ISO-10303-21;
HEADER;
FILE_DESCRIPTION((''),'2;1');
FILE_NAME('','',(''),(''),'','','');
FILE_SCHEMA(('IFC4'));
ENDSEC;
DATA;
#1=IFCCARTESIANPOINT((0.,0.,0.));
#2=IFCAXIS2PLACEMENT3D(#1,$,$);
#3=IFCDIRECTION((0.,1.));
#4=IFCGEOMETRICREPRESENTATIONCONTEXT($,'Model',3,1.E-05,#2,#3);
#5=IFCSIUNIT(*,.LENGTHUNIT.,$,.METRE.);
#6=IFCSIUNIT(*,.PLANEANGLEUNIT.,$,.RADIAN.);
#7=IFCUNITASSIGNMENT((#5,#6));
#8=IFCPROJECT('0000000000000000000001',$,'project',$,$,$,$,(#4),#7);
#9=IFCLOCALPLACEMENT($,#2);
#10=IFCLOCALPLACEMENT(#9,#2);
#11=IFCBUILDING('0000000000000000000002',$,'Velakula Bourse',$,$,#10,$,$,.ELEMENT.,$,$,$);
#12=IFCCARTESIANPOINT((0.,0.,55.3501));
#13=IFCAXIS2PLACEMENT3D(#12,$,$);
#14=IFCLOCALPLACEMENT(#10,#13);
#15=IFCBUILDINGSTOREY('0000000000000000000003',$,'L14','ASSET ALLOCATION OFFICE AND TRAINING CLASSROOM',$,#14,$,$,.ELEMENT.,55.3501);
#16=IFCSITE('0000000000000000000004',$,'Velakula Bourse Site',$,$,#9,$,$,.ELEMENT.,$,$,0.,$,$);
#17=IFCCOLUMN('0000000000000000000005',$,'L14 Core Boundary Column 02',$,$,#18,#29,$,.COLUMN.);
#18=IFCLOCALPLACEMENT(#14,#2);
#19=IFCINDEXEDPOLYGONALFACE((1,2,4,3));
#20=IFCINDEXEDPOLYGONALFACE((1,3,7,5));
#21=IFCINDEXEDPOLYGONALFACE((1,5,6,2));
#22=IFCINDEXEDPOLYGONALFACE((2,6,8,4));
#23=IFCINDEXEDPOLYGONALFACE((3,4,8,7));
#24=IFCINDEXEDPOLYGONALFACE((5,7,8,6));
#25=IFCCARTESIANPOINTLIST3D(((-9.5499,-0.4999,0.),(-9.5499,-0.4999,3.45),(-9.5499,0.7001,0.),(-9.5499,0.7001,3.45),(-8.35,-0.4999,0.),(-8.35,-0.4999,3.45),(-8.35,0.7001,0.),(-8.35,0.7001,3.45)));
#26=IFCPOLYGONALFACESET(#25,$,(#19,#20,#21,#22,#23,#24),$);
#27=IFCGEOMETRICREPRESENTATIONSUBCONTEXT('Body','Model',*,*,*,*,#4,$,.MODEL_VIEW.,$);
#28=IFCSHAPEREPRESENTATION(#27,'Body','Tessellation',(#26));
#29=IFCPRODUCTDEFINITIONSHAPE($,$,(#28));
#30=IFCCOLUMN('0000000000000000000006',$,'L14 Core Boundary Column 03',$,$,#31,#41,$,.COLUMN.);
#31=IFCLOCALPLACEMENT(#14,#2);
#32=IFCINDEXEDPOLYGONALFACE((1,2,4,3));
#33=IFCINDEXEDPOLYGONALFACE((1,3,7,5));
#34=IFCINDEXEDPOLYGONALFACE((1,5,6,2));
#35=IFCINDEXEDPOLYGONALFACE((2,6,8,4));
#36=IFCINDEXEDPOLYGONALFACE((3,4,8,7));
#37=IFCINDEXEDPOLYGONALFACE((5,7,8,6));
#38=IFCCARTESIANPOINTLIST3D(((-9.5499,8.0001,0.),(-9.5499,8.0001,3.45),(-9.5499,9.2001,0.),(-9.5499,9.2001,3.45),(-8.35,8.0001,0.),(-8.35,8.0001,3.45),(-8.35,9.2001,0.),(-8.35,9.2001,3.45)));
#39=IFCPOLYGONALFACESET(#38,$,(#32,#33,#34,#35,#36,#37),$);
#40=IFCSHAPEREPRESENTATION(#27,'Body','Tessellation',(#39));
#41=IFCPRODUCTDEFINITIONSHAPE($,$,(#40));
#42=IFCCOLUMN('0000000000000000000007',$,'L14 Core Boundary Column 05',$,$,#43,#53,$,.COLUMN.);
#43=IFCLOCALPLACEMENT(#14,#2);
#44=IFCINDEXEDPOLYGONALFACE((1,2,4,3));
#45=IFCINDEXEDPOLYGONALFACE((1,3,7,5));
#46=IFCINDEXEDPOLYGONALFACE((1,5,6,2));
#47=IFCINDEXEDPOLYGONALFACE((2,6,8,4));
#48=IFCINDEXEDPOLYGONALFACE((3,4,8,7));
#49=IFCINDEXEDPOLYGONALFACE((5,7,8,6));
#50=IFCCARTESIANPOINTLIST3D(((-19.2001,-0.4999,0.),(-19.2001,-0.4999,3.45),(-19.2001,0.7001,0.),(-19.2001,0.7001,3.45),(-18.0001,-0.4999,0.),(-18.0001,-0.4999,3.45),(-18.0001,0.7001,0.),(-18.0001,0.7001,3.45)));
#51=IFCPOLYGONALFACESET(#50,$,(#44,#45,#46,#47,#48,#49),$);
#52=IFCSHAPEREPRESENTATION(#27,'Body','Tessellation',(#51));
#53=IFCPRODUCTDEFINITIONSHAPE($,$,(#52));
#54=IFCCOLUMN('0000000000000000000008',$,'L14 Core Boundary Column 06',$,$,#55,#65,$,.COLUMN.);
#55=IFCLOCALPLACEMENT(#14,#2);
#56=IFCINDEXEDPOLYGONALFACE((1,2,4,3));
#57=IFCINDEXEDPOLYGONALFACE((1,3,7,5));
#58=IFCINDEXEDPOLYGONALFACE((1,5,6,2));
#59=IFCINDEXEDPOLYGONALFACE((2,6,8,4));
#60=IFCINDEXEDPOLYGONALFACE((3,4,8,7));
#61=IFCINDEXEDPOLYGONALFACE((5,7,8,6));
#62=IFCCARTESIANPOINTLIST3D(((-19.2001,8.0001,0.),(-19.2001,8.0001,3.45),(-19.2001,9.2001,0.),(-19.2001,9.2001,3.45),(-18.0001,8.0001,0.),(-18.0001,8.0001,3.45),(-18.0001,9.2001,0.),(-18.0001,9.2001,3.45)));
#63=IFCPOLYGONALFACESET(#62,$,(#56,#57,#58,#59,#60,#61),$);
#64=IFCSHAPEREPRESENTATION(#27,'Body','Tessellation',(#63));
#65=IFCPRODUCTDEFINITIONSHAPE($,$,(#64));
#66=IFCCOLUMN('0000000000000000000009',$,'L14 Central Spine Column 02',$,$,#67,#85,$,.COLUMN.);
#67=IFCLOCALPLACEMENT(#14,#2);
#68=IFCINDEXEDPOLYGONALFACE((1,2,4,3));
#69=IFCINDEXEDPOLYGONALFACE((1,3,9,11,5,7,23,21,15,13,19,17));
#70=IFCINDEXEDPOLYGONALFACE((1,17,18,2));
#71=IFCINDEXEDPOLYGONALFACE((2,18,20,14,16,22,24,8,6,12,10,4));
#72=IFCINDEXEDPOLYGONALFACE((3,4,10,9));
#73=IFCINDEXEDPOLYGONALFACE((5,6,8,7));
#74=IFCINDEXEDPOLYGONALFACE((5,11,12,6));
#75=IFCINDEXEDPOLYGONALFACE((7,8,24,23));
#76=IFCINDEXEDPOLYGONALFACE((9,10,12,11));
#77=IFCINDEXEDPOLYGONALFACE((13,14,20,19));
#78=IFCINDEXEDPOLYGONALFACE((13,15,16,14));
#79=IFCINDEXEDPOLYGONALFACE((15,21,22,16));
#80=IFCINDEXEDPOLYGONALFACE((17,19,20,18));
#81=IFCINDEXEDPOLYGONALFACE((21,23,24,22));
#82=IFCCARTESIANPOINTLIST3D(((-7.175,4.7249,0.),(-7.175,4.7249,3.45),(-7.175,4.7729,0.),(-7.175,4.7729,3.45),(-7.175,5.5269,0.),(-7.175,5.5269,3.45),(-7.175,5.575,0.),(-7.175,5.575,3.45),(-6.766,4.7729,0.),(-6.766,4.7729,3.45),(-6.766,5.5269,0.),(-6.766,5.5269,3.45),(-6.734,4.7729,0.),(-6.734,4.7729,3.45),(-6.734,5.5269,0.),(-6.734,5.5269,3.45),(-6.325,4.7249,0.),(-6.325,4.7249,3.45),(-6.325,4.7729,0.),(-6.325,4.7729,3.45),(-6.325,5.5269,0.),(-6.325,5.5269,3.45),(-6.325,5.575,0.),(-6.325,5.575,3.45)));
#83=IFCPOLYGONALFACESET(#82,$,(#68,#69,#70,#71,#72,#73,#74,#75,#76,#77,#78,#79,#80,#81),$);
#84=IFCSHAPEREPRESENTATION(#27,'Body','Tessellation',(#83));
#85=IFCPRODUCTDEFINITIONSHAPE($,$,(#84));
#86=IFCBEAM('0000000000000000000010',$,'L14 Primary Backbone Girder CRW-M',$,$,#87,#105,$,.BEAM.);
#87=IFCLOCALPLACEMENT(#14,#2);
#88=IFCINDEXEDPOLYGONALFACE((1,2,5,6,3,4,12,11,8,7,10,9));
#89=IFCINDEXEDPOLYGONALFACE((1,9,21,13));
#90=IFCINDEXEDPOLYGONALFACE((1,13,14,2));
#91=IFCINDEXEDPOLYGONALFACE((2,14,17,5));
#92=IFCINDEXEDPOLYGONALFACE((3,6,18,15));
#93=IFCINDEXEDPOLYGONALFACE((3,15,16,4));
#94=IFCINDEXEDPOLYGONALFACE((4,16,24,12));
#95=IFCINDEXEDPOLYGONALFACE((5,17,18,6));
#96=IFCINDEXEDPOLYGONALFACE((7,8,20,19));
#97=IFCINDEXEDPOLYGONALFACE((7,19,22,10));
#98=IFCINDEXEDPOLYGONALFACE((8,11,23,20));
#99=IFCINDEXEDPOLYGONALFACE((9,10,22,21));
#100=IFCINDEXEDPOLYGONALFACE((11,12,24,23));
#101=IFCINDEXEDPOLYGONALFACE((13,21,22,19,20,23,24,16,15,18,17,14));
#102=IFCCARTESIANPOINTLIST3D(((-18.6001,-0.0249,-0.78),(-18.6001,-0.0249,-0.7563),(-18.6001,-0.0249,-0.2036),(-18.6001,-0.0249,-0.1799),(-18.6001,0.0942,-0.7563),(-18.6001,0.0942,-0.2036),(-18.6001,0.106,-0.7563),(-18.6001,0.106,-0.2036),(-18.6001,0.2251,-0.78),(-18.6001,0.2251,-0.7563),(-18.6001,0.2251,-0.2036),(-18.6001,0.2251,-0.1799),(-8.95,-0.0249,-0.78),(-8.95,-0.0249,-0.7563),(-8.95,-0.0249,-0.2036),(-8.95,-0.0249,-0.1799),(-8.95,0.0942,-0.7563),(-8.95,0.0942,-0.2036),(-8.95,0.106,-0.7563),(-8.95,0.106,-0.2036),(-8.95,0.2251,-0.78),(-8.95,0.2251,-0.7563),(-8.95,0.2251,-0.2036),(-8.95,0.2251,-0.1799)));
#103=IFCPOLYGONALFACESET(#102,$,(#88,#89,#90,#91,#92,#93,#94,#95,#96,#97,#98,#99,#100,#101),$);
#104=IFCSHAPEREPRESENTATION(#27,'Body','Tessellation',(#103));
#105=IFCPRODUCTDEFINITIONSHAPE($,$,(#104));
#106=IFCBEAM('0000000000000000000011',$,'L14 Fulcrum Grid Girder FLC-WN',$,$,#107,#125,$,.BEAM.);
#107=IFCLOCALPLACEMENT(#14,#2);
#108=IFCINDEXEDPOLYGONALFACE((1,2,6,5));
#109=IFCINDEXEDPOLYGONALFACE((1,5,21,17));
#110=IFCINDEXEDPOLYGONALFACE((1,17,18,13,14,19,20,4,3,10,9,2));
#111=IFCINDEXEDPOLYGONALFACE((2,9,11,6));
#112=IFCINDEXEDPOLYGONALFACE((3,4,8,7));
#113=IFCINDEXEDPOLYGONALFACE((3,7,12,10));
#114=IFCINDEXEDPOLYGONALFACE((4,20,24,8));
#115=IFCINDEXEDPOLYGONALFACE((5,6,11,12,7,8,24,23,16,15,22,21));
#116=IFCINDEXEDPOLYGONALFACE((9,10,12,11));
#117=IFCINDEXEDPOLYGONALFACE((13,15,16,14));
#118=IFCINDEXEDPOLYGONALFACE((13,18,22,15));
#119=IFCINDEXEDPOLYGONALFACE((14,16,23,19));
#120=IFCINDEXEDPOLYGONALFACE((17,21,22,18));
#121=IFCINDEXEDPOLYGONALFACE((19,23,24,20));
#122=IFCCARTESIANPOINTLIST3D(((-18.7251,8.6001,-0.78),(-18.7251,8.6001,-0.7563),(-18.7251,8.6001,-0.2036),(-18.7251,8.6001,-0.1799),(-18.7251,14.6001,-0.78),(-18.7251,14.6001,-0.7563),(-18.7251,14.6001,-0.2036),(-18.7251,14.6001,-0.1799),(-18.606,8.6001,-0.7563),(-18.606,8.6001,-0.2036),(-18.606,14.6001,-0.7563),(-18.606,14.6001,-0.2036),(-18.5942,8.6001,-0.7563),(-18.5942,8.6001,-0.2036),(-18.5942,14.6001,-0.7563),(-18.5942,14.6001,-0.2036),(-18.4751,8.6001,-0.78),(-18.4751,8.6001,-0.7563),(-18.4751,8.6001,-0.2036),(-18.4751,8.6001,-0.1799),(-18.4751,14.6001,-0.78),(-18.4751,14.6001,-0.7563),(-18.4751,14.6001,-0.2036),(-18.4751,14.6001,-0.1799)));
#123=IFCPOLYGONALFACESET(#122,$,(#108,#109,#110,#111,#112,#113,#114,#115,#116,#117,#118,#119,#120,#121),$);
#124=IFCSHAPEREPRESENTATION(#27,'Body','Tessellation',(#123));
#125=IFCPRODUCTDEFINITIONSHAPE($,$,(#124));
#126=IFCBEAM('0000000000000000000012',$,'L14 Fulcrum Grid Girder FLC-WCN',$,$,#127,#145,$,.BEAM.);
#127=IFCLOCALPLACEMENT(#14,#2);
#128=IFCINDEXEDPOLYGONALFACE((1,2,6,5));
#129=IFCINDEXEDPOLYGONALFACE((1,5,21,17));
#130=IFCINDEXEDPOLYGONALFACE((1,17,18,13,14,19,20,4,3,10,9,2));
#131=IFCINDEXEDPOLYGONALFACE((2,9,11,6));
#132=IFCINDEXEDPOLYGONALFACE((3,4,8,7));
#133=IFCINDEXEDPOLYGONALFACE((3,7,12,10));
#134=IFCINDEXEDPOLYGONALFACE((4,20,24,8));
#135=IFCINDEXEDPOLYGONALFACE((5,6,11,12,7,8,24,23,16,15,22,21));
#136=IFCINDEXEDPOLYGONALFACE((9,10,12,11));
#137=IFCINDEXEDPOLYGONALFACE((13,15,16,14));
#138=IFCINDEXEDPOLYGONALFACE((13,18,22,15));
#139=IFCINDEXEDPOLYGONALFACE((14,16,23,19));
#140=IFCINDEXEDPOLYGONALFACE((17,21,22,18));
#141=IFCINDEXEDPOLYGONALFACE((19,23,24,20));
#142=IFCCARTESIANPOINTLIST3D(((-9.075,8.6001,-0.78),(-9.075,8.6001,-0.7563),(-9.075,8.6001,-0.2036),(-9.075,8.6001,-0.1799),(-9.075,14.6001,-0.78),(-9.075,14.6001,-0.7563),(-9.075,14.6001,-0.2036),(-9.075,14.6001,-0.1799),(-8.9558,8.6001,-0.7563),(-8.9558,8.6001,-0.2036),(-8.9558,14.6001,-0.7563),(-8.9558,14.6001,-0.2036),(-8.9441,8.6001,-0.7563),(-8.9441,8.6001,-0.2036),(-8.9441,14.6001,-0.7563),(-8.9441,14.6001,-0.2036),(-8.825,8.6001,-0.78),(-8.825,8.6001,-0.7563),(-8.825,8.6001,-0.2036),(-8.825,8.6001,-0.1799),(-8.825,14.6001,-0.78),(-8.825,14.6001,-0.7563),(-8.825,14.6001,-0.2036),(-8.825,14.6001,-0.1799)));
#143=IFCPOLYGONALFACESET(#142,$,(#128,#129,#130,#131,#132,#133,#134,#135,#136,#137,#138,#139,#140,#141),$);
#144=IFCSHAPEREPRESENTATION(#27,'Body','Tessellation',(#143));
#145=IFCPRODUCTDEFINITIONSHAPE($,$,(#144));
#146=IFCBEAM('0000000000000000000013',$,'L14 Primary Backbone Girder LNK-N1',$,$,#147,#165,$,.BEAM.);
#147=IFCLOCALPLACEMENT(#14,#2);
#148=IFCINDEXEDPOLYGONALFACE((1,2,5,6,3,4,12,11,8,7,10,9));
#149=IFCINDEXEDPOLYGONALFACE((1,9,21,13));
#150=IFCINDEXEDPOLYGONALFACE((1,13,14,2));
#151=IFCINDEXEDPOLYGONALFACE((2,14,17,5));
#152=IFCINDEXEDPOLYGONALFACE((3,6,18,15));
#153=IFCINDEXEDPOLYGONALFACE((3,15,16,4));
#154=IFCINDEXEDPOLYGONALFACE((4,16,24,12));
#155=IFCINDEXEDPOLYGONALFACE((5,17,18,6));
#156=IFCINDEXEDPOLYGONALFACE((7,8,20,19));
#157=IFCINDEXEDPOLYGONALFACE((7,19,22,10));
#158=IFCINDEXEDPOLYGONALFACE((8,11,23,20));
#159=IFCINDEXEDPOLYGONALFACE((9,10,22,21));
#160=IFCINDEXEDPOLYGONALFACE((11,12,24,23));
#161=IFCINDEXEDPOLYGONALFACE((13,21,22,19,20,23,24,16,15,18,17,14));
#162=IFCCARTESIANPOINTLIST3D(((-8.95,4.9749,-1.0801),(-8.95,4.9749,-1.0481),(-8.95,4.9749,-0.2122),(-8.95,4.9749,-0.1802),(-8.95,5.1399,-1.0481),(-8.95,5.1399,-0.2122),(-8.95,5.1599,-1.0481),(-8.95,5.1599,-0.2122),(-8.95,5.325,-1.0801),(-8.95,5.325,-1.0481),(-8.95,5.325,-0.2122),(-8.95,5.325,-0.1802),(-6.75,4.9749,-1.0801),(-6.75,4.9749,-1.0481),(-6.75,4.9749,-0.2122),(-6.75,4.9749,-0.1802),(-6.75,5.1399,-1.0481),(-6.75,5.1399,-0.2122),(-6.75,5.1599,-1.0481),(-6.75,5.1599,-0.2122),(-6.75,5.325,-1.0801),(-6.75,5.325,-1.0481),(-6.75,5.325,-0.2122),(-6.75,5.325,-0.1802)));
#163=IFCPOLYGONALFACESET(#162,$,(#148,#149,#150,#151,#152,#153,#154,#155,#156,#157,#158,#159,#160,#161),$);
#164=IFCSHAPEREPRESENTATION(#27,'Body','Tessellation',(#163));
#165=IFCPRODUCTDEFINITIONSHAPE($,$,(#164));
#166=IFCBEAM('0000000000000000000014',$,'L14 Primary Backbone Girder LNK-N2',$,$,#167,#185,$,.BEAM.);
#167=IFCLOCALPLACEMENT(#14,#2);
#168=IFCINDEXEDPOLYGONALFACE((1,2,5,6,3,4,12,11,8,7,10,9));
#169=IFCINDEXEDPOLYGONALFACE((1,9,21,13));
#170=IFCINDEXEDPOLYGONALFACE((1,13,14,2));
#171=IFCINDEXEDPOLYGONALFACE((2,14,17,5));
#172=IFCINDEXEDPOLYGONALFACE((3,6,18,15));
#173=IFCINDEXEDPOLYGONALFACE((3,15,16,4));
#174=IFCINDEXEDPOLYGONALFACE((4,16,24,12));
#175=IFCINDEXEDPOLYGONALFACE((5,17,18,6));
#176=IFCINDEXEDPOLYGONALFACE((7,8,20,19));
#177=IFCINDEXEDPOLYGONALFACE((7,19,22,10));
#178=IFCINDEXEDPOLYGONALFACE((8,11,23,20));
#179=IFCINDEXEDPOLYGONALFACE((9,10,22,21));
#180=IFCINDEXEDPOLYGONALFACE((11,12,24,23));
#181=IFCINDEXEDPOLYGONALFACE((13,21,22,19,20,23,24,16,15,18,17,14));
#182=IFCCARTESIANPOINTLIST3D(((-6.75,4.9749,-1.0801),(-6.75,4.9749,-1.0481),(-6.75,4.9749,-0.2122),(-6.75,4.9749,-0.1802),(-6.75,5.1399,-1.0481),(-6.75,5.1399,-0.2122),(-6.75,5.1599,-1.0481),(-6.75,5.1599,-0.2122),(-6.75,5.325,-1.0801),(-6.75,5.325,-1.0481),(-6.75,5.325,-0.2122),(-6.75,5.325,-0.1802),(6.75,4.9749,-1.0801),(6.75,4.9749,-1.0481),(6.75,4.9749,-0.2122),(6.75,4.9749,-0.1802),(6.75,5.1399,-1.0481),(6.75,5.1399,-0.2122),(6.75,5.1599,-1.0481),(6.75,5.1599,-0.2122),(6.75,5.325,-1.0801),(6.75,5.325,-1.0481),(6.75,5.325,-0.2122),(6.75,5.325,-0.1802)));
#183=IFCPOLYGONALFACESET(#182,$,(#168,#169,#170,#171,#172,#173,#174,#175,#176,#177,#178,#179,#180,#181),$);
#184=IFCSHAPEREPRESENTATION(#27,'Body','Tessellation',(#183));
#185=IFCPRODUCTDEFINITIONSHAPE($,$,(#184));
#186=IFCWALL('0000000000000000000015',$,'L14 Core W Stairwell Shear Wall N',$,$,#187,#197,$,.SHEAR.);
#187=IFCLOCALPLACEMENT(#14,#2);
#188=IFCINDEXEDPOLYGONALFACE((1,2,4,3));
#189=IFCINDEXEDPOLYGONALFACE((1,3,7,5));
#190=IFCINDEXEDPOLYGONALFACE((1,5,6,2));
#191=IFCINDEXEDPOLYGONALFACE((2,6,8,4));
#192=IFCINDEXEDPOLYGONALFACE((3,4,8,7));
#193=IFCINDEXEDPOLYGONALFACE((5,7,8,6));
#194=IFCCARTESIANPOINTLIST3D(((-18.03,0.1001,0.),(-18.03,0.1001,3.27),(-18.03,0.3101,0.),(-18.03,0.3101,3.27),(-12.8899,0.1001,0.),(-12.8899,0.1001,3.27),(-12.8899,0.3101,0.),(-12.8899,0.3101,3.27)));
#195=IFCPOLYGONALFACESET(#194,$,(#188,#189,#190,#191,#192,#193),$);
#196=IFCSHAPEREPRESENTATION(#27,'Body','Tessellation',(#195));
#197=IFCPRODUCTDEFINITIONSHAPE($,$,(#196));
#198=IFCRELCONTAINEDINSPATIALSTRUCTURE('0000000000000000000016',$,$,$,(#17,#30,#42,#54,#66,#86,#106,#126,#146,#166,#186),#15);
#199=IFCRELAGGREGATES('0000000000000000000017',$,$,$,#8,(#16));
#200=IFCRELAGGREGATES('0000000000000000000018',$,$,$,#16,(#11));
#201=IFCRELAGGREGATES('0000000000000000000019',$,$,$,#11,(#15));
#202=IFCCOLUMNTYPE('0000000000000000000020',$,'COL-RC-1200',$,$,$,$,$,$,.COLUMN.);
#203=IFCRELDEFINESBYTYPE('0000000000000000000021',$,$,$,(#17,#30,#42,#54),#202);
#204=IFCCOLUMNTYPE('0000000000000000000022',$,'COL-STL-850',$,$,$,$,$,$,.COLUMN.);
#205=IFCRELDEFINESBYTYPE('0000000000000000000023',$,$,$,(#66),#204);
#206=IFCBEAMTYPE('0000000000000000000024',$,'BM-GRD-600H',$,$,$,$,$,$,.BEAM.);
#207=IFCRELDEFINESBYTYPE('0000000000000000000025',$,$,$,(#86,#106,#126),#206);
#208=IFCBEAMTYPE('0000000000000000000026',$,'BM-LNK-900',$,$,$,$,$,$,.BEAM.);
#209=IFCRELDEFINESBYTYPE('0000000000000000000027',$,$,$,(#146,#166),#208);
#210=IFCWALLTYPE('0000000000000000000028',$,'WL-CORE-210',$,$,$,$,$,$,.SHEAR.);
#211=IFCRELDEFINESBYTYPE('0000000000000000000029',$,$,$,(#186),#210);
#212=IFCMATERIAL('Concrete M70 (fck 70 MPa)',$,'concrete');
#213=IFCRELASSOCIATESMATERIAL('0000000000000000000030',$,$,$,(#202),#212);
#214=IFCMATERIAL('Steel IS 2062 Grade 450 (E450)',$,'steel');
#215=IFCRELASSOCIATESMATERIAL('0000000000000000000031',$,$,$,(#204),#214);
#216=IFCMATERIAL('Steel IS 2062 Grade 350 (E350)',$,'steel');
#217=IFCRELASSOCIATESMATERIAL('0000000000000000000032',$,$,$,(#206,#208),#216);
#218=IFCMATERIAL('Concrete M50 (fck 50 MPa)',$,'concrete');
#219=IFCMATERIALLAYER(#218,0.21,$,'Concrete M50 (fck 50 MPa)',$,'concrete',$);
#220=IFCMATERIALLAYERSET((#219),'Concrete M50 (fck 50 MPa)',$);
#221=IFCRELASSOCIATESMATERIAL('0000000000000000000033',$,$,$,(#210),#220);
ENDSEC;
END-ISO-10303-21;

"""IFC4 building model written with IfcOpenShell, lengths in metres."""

from ifc_helpers import new_model, si_unit, direction, frame, frame_2d, origin, origin_2d, place, context, subcontext, project, spatial, rectangle, i_section, extrude, material, layer, layer_set, material_profile, profile_set, type_object, element, save


model = new_model("IFC4")

# Units and contexts
model_context = context("Model", 3, precision=1e-05, world=origin(), true_north=direction((0.0, 1.0)))
body_context = subcontext(model_context, "Body", "Model", "MODEL_VIEW")
ifc_project = project(units=[si_unit("LENGTHUNIT", "METRE"), si_unit("PLANEANGLEUNIT", "RADIAN")], contexts=[model_context])

# Site, building, storey
site_placement = place(None, origin())
site = spatial("IfcSite", under=ifc_project, at=site_placement, Name="Velakula Bourse Site", CompositionType="ELEMENT", RefElevation=0.0)
building_placement = place(site_placement, origin())
building = spatial("IfcBuilding", under=site, at=building_placement, Name="Velakula Bourse", CompositionType="ELEMENT")
storey_placement = place(building_placement, frame((0.0, 0.0, 55.3501)))
storey = spatial("IfcBuildingStorey", under=building, at=storey_placement, Name="L14", Description="ASSET ALLOCATION OFFICE AND TRAINING CLASSROOM", CompositionType="ELEMENT", Elevation=55.3501)

# Columns
ifc_material_1 = material(Name="Concrete M70 (fck 70 MPa)", Category="concrete")
ifc_material_profile_1 = material_profile(ifc_material_1, rectangle(XDim=1.2, YDim=1.2, at=origin_2d()), Name="Concrete M70 (fck 70 MPa)")
ifc_profile_set_1 = profile_set([ifc_material_profile_1], Name="Concrete M70 (fck 70 MPa)")
column_type_1 = type_object("IfcColumnType", Name="COL-RC-1200", PredefinedType="COLUMN", material=ifc_profile_set_1)
for number, where, z_axis, x_axis, name in (
    (1, (-8.95, 0.1001, 0.0), (0.0, 0.0, 1.0), (1.0, 0.0, 0.0), "L14 Core Boundary Column 02"),
    (2, (-8.95, 8.6001, 0.0), (0.0, 0.0, 1.0), (1.0, 0.0, 0.0), "L14 Core Boundary Column 03"),
    (3, (-18.6001, 0.1001, 0.0), (0.0, 0.0, 1.0), (1.0, 0.0, 0.0), "L14 Core Boundary Column 05"),
    (4, (-18.6001, 8.6001, 0.0), (0.0, 0.0, 1.0), (1.0, 0.0, 0.0), "L14 Core Boundary Column 06"),
):
    element("IfcColumn", number, at=place(storey_placement, frame(where, z_axis=z_axis, x_axis=x_axis)), inside=storey, type_object=column_type_1, Name=name, PredefinedType="COLUMN", context=body_context, shape_type="SweptSolid", body=[
        extrude(rectangle(XDim=1.2, YDim=1.2, at=origin_2d()), origin(), (0.0, 0.0, 1.0), 3.45),
    ])
ifc_material_2 = material(Name="Steel IS 2062 Grade 450 (E450)", Category="steel")
ifc_material_profile_2 = material_profile(ifc_material_2, i_section(OverallWidth=0.8501, OverallDepth=0.8501, WebThickness=0.032, FlangeThickness=0.0481, at=origin_2d()), Name="Steel IS 2062 Grade 450 (E450)")
ifc_profile_set_2 = profile_set([ifc_material_profile_2], Name="Steel IS 2062 Grade 450 (E450)")
column_type_2 = type_object("IfcColumnType", Name="COL-STL-850", PredefinedType="COLUMN", material=ifc_profile_set_2)
column_placement = place(storey_placement, frame((-6.75, 5.1499, 0.0), z_axis=(0.0, 0.0, 1.0), x_axis=(1.0, 0.0, 0.0)))
element("IfcColumn", 5, at=column_placement, inside=storey, type_object=column_type_2, Name="L14 Central Spine Column 02", PredefinedType="COLUMN", context=body_context, shape_type="SweptSolid", body=[
    extrude(i_section(OverallWidth=0.8501, OverallDepth=0.8501, WebThickness=0.032, FlangeThickness=0.0481, at=origin_2d()), origin(), (0.0, 0.0, 1.0), 3.45),
])

# Beams
ifc_material_3 = material(Name="Steel IS 2062 Grade 350 (E350)", Category="steel")
ifc_material_profile_3 = material_profile(ifc_material_3, i_section(OverallWidth=0.25, OverallDepth=0.6001, WebThickness=0.0117, FlangeThickness=0.0237, at=origin_2d()), Name="Steel IS 2062 Grade 350 (E350)")
ifc_profile_set_3 = profile_set([ifc_material_profile_3], Name="Steel IS 2062 Grade 350 (E350)")
beam_type_1 = type_object("IfcBeamType", Name="BM-GRD-600H", PredefinedType="BEAM", material=ifc_profile_set_3)
beam_1_placement = place(storey_placement, frame((-18.6001, 0.1001, -0.48), z_axis=(1.0, 0.0, 0.0), x_axis=(0.0, 1.0, 0.0)))
element("IfcBeam", 6, at=beam_1_placement, inside=storey, type_object=beam_type_1, Name="L14 Primary Backbone Girder CRW-M", PredefinedType="BEAM", context=body_context, shape_type="SweptSolid", body=[
    extrude(i_section(OverallWidth=0.25, OverallDepth=0.6001, WebThickness=0.0117, FlangeThickness=0.0237, at=origin_2d()), origin(), (0.0, 0.0, 1.0), 9.6501),
])
for number, where, z_axis, x_axis, name in (
    (7, (-18.6001, 8.6001, -0.48), (0.0, 1.0, 0.0), (-1.0, 0.0, 0.0), "L14 Fulcrum Grid Girder FLC-WN"),
    (8, (-8.95, 8.6001, -0.48), (0.0, 1.0, 0.0), (-1.0, 0.0, 0.0), "L14 Fulcrum Grid Girder FLC-WCN"),
):
    element("IfcBeam", number, at=place(storey_placement, frame(where, z_axis=z_axis, x_axis=x_axis)), inside=storey, type_object=beam_type_1, Name=name, PredefinedType="BEAM", context=body_context, shape_type="SweptSolid", body=[
        extrude(i_section(OverallWidth=0.25, OverallDepth=0.6001, WebThickness=0.0117, FlangeThickness=0.0237, at=origin_2d()), origin(), (0.0, 0.0, 1.0), 6.0),
    ])
ifc_material_profile_4 = material_profile(ifc_material_3, i_section(OverallWidth=0.3501, OverallDepth=0.8999, WebThickness=0.02, FlangeThickness=0.032, at=origin_2d()), Name="Steel IS 2062 Grade 350 (E350)")
ifc_profile_set_4 = profile_set([ifc_material_profile_4], Name="Steel IS 2062 Grade 350 (E350)")
beam_type_2 = type_object("IfcBeamType", Name="BM-LNK-900", PredefinedType="BEAM", material=ifc_profile_set_4)
beam_2_placement = place(storey_placement, frame((-8.95, 5.1499, -0.6301), z_axis=(1.0, 0.0, 0.0), x_axis=(0.0, 1.0, 0.0)))
element("IfcBeam", 9, at=beam_2_placement, inside=storey, type_object=beam_type_2, Name="L14 Primary Backbone Girder LNK-N1", PredefinedType="BEAM", context=body_context, shape_type="SweptSolid", body=[
    extrude(i_section(OverallWidth=0.3501, OverallDepth=0.8999, WebThickness=0.02, FlangeThickness=0.032, at=origin_2d()), origin(), (0.0, 0.0, 1.0), 2.2),
])
beam_3_placement = place(storey_placement, frame((-6.75, 5.1499, -0.6301), z_axis=(1.0, 0.0, 0.0), x_axis=(0.0, 1.0, 0.0)))
element("IfcBeam", 10, at=beam_3_placement, inside=storey, type_object=beam_type_2, Name="L14 Primary Backbone Girder LNK-N2", PredefinedType="BEAM", context=body_context, shape_type="SweptSolid", body=[
    extrude(i_section(OverallWidth=0.3501, OverallDepth=0.8999, WebThickness=0.02, FlangeThickness=0.032, at=origin_2d()), origin(), (0.0, 0.0, 1.0), 13.5),
])

# Wall
ifc_material_4 = material(Name="Concrete M50 (fck 50 MPa)", Category="concrete")
ifc_layer_1 = layer(ifc_material_4, 0.21, Name="Concrete M50 (fck 50 MPa)", Category="concrete")
ifc_layer_set_1 = layer_set([ifc_layer_1], Name="Concrete M50 (fck 50 MPa)")
wall_type_1 = type_object("IfcWallType", Name="WL-CORE-210", PredefinedType="SHEAR", material=ifc_layer_set_1)
wall_1_placement = place(storey_placement, frame((-12.8899, 0.2051, 0.0), z_axis=(0.0, 0.0, 1.0), x_axis=(-1.0, 0.0, 0.0)))
element("IfcWall", 11, at=wall_1_placement, inside=storey, type_object=wall_type_1, Name="L14 Core W Stairwell Shear Wall N", PredefinedType="SHEAR", context=body_context, shape_type="SweptSolid", body=[
    extrude(rectangle(XDim=5.1401, YDim=0.21, at=frame_2d((2.5701, 0.0))), origin(), (0.0, 0.0, 1.0), 3.27),
])

save(model, "model.ifc")
